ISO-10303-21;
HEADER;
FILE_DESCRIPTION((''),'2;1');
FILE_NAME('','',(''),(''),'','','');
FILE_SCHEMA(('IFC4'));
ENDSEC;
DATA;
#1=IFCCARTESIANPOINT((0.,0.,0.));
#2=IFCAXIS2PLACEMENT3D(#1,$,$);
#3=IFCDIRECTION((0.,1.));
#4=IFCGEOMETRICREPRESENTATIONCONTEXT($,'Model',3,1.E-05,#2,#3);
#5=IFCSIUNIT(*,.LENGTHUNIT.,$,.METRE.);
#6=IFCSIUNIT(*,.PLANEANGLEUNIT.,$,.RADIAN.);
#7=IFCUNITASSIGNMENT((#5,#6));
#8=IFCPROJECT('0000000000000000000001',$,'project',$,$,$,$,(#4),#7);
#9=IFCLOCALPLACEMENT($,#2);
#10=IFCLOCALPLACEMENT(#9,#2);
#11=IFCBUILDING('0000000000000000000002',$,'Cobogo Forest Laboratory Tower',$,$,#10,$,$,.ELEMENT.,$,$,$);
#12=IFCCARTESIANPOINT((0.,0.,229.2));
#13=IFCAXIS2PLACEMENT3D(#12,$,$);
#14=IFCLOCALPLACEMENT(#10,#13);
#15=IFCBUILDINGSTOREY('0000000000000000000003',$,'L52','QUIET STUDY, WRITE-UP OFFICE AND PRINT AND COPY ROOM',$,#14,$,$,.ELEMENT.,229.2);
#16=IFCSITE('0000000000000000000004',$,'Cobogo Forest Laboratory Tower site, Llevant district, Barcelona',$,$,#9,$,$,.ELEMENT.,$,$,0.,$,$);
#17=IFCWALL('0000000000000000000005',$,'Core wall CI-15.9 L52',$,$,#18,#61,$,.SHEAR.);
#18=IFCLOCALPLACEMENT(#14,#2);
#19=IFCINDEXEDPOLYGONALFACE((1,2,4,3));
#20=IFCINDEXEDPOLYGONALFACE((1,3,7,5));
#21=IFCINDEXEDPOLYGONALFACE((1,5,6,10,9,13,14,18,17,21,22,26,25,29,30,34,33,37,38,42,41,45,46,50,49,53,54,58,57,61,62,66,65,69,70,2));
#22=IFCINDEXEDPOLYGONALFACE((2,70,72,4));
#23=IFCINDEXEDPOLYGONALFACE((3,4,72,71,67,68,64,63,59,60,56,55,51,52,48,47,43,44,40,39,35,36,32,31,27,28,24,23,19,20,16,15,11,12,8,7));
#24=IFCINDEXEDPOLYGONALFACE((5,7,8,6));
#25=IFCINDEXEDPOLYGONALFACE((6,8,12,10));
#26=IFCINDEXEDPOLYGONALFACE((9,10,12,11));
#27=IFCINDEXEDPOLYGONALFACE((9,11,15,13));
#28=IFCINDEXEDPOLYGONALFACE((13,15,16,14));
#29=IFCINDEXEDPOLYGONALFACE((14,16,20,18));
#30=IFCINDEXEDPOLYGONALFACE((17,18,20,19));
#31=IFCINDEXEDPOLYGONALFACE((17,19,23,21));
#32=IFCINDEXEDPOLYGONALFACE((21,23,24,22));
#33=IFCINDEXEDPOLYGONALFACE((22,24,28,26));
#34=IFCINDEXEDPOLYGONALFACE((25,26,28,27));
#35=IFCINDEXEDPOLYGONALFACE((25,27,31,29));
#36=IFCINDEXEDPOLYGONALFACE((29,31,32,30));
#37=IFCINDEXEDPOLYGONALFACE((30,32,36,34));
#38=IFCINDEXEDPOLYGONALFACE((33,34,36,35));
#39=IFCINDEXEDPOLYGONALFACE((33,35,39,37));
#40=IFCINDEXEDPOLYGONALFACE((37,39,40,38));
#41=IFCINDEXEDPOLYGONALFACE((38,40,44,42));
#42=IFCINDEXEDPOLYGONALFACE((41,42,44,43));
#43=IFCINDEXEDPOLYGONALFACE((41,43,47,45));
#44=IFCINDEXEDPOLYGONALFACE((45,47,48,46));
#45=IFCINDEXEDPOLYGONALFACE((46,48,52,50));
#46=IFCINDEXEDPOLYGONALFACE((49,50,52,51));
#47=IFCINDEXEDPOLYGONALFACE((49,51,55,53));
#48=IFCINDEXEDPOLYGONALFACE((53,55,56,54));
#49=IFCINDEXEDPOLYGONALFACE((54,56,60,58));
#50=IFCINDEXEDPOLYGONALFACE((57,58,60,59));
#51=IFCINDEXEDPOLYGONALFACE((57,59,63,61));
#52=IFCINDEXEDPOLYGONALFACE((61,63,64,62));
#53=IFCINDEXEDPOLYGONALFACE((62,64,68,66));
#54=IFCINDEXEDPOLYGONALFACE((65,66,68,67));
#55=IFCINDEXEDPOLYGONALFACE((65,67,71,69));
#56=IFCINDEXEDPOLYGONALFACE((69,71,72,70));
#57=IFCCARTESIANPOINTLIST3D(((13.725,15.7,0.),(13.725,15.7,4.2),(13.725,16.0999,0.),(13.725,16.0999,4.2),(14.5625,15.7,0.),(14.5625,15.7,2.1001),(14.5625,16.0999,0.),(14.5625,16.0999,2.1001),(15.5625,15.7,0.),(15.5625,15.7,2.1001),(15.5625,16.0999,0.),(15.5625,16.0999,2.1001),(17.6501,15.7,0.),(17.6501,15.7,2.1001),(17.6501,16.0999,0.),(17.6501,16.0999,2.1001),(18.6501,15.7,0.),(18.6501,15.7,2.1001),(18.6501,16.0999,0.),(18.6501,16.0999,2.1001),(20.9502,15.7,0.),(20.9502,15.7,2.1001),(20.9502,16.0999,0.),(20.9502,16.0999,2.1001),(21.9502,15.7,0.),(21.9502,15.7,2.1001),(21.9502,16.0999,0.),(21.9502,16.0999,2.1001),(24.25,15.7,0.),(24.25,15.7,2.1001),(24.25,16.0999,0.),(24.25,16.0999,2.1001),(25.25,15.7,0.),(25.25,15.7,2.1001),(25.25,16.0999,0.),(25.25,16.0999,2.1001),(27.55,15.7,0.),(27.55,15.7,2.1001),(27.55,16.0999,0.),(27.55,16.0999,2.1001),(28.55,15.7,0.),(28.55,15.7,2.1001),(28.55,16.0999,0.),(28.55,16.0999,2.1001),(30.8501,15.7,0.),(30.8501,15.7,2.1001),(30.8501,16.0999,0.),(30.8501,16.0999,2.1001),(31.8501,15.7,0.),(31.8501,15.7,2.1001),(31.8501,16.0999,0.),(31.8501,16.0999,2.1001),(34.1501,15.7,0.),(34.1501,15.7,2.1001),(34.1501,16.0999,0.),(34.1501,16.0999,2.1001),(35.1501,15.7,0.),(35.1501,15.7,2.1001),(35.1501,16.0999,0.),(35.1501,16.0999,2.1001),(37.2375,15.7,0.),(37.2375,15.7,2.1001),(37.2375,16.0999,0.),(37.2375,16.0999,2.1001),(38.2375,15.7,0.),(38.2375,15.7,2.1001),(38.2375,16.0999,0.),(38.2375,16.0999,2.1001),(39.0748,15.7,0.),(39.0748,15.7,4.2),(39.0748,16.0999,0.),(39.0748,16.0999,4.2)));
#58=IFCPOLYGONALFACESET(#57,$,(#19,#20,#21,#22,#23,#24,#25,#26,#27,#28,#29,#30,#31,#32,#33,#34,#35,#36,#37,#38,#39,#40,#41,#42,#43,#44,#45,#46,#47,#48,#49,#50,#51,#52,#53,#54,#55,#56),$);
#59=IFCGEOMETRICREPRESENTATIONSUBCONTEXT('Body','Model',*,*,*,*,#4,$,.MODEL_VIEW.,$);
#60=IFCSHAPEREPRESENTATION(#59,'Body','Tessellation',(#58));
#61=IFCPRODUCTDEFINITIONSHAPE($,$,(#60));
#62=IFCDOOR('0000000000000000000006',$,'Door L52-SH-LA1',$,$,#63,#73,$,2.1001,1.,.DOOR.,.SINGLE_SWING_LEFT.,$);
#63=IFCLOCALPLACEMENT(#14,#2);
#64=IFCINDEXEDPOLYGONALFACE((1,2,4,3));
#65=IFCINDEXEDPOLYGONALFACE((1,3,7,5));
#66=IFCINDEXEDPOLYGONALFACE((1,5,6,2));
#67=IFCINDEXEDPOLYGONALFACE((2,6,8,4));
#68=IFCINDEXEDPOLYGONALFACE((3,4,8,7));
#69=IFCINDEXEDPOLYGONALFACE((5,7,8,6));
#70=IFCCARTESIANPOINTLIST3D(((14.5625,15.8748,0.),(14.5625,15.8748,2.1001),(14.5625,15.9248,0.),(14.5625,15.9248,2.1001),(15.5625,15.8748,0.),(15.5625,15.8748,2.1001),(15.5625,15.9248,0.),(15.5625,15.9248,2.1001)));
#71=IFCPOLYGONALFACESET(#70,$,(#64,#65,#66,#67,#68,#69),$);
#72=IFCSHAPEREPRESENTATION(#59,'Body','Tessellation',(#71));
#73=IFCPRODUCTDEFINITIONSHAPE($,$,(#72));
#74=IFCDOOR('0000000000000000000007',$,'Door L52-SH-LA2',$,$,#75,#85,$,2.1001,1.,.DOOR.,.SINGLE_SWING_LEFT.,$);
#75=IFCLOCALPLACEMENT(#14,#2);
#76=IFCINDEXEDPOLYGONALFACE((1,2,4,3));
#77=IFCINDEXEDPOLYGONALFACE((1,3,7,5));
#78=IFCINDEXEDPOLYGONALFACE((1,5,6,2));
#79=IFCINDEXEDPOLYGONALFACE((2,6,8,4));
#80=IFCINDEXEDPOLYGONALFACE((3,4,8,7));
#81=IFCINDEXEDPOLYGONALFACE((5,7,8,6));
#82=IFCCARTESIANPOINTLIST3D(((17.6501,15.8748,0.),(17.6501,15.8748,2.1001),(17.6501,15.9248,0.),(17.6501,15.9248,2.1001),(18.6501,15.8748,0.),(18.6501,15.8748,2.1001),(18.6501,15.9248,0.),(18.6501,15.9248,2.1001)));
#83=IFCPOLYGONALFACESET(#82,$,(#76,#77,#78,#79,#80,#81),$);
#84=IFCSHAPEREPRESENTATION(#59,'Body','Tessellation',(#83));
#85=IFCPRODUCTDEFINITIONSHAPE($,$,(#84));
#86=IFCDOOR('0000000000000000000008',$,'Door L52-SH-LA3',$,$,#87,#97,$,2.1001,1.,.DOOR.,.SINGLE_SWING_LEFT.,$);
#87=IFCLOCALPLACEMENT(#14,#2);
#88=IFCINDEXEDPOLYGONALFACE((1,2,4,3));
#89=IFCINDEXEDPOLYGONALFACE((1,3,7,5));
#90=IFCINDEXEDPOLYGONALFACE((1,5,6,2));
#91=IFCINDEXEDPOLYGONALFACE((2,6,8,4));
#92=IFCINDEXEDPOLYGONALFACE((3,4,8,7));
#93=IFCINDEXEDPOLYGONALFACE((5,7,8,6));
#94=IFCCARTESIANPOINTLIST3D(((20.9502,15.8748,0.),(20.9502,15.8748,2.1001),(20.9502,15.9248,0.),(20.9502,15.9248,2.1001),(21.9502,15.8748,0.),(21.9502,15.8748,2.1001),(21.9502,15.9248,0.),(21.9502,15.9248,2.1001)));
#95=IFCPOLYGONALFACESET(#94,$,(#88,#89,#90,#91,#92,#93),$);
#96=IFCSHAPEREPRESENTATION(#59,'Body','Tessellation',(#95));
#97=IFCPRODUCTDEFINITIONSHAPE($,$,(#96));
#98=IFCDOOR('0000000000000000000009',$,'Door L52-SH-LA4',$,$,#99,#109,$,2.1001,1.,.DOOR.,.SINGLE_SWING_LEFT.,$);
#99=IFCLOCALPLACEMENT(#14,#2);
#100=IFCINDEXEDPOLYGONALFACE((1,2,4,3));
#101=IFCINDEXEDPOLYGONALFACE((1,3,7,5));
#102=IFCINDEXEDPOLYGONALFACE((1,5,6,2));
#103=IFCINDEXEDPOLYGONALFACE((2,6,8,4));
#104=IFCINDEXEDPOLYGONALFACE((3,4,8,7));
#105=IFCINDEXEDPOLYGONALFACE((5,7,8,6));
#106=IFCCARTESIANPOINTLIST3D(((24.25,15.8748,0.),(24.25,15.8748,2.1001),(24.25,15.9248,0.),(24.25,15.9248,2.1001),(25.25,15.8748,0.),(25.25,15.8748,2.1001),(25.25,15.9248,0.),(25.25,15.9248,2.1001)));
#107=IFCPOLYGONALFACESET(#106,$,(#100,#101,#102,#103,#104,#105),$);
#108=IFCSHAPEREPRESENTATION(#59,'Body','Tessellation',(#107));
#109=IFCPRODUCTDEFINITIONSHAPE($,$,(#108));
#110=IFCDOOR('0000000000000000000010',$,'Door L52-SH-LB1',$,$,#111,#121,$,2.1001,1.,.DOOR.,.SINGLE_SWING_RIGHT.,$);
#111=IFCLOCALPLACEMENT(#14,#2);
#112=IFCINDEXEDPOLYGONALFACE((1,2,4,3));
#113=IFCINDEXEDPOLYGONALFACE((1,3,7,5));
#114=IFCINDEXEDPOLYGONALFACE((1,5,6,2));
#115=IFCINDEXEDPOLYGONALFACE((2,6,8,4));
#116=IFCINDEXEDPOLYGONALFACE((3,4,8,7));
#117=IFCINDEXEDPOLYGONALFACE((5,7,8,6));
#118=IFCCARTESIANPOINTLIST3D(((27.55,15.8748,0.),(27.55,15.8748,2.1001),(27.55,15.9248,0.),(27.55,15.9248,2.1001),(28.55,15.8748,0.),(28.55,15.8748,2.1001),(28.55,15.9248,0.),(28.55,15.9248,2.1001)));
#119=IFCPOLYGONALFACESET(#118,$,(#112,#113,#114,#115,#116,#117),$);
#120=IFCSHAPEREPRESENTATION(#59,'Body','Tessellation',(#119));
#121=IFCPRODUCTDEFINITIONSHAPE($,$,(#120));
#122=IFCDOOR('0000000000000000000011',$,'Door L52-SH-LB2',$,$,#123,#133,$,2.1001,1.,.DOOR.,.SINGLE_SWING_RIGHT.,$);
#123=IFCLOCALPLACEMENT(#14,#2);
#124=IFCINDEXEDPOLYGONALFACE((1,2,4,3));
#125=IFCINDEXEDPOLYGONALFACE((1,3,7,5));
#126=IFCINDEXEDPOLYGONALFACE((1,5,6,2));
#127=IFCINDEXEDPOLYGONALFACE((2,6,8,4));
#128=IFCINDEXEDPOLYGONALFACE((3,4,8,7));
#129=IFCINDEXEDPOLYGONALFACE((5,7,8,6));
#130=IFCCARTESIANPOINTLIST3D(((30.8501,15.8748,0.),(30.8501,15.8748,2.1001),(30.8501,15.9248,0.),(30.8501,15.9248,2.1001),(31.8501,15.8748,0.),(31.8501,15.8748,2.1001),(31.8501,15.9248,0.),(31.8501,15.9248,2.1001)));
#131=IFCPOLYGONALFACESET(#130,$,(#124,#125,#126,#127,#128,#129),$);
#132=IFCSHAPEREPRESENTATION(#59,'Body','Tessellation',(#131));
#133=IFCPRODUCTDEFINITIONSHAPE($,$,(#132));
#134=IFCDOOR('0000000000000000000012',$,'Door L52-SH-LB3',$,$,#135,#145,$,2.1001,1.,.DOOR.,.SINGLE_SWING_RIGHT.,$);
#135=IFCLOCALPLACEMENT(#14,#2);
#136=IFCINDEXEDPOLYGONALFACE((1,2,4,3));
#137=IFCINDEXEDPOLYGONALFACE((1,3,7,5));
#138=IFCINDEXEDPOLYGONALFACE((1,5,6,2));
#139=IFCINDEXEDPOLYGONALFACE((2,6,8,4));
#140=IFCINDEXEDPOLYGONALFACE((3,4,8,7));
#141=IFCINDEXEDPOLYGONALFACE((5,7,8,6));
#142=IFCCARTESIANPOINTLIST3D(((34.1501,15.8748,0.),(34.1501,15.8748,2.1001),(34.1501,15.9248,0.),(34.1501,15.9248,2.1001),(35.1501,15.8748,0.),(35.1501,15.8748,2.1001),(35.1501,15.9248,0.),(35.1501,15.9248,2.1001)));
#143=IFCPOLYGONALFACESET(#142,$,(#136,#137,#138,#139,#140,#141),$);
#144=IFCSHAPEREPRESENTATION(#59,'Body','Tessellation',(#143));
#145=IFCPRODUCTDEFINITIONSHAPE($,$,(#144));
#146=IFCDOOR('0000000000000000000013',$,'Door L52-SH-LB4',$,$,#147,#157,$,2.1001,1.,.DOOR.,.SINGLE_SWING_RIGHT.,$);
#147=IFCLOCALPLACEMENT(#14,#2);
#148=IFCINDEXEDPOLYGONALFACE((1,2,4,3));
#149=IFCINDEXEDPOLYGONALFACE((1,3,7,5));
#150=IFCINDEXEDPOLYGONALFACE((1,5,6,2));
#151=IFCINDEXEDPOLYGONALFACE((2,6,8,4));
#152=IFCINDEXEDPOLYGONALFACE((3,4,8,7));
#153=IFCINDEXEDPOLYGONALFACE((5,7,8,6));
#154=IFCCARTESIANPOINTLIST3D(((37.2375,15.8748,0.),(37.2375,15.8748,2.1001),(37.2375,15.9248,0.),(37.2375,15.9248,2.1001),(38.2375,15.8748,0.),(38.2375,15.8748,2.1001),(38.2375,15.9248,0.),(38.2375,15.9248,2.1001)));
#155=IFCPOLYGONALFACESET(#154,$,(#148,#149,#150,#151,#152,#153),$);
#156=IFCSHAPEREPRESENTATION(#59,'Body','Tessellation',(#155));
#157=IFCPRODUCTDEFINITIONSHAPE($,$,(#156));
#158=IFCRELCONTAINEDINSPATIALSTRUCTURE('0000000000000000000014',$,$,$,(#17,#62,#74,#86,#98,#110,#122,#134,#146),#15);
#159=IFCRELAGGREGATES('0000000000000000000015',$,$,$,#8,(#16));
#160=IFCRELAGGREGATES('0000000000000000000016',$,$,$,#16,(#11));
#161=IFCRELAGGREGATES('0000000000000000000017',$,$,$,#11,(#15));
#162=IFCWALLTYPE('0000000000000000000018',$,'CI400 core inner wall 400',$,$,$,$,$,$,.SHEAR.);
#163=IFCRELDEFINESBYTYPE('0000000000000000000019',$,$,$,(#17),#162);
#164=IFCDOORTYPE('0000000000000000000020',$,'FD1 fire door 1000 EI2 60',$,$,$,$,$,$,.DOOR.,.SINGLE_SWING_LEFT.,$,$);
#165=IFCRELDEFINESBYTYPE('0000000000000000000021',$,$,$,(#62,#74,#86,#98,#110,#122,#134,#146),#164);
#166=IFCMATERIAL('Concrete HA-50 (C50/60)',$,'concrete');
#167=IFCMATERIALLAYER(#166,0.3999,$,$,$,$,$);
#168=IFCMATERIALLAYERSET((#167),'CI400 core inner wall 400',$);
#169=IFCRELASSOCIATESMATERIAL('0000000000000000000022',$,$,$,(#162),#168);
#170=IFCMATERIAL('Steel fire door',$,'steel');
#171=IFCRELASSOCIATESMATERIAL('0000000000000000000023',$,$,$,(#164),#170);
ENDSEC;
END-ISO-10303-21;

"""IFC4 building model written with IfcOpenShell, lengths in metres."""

from ifc_helpers import new_model, si_unit, direction, frame, frame_2d, origin, place, context, subcontext, project, spatial, rectangle, extrude, material, layer, layer_set, type_object, element, fill, save


model = new_model("IFC4")

# Units and contexts
model_context = context("Model", 3, precision=1e-05, world=origin(), true_north=direction((0.0, 1.0)))
body_context = subcontext(model_context, "Body", "Model", "MODEL_VIEW")
ifc_project = project(units=[si_unit("LENGTHUNIT", "METRE"), si_unit("PLANEANGLEUNIT", "RADIAN")], contexts=[model_context])

# Site, building, storey
site_placement = place(None, origin())
site = spatial("IfcSite", under=ifc_project, at=site_placement, Name="Cobogo Forest Laboratory Tower site, Llevant district, Barcelona", CompositionType="ELEMENT", RefElevation=0.0)
building_placement = place(site_placement, origin())
building = spatial("IfcBuilding", under=site, at=building_placement, Name="Cobogo Forest Laboratory Tower", CompositionType="ELEMENT")
storey_placement = place(building_placement, frame((0.0, 0.0, 229.2)))
storey = spatial("IfcBuildingStorey", under=building, at=storey_placement, Name="L52", Description="QUIET STUDY, WRITE-UP OFFICE AND PRINT AND COPY ROOM", CompositionType="ELEMENT", Elevation=229.2)

# Shared definitions
ifc_material_1 = material(Name="Concrete HA-50 (C50/60)", Category="concrete")

# Wall, openings, doors
ifc_layer_1 = layer(ifc_material_1, 0.3999)
ifc_layer_set_1 = layer_set([ifc_layer_1], Name="CI400 core inner wall 400")
wall_type_1 = type_object("IfcWallType", Name="CI400 core inner wall 400", PredefinedType="SHEAR", material=ifc_layer_set_1)
wall_1_placement = place(storey_placement, frame((13.7251, 15.8999, 0.0), z_axis=(0.0, 0.0, 1.0), x_axis=(1.0, 0.0, 0.0)))
wall_1 = element("IfcWall", 1, at=wall_1_placement, inside=storey, type_object=wall_type_1, Name="Core wall CI-15.9 L52", PredefinedType="SHEAR", context=body_context, shape_type="SweptSolid", body=[
    extrude(rectangle(XDim=25.3499, YDim=0.3999, at=frame_2d((12.6748, 0.0))), origin(), (0.0, 0.0, 1.0), 4.2),
])
opening_1_placement = place(wall_1_placement, frame((0.8374, 0.0, 0.0)))
opening_1 = element("IfcOpeningElement", 2, at=opening_1_placement, cuts=wall_1, PredefinedType="OPENING", context=body_context, shape_type="SweptSolid", body=[
    extrude(rectangle(XDim=1.0, YDim=2.1001, at=frame_2d((0.5, 1.05))), frame((0.0, 0.21, 0.0), z_axis=(0.0, -1.0, 0.0), x_axis=(1.0, 0.0, 0.0)), (0.0, 0.0, 1.0), 0.4199),
])
opening_2_placement = place(wall_1_placement, frame((3.925, 0.0, 0.0)))
opening_2 = element("IfcOpeningElement", 3, at=opening_2_placement, cuts=wall_1, PredefinedType="OPENING", context=body_context, shape_type="SweptSolid", body=[
    extrude(rectangle(XDim=1.0, YDim=2.1001, at=frame_2d((0.5, 1.05))), frame((0.0, 0.21, 0.0), z_axis=(0.0, -1.0, 0.0), x_axis=(1.0, 0.0, 0.0)), (0.0, 0.0, 1.0), 0.4199),
])
opening_3_placement = place(wall_1_placement, frame((7.2251, 0.0, 0.0)))
opening_3 = element("IfcOpeningElement", 4, at=opening_3_placement, cuts=wall_1, PredefinedType="OPENING", context=body_context, shape_type="SweptSolid", body=[
    extrude(rectangle(XDim=1.0, YDim=2.1001, at=frame_2d((0.5, 1.05))), frame((0.0, 0.21, 0.0), z_axis=(0.0, -1.0, 0.0), x_axis=(1.0, 0.0, 0.0)), (0.0, 0.0, 1.0), 0.4199),
])
opening_4_placement = place(wall_1_placement, frame((10.5249, 0.0, 0.0)))
opening_4 = element("IfcOpeningElement", 5, at=opening_4_placement, cuts=wall_1, PredefinedType="OPENING", context=body_context, shape_type="SweptSolid", body=[
    extrude(rectangle(XDim=1.0, YDim=2.1001, at=frame_2d((0.5, 1.05))), frame((0.0, 0.21, 0.0), z_axis=(0.0, -1.0, 0.0), x_axis=(1.0, 0.0, 0.0)), (0.0, 0.0, 1.0), 0.4199),
])
opening_5_placement = place(wall_1_placement, frame((13.825, 0.0, 0.0)))
opening_5 = element("IfcOpeningElement", 6, at=opening_5_placement, cuts=wall_1, PredefinedType="OPENING", context=body_context, shape_type="SweptSolid", body=[
    extrude(rectangle(XDim=1.0, YDim=2.1001, at=frame_2d((0.5, 1.05))), frame((0.0, 0.21, 0.0), z_axis=(0.0, -1.0, 0.0), x_axis=(1.0, 0.0, 0.0)), (0.0, 0.0, 1.0), 0.4199),
])
opening_6_placement = place(wall_1_placement, frame((17.125, 0.0, 0.0)))
opening_6 = element("IfcOpeningElement", 7, at=opening_6_placement, cuts=wall_1, PredefinedType="OPENING", context=body_context, shape_type="SweptSolid", body=[
    extrude(rectangle(XDim=1.0, YDim=2.1001, at=frame_2d((0.5, 1.05))), frame((0.0, 0.21, 0.0), z_axis=(0.0, -1.0, 0.0), x_axis=(1.0, 0.0, 0.0)), (0.0, 0.0, 1.0), 0.4199),
])
opening_7_placement = place(wall_1_placement, frame((20.425, 0.0, 0.0)))
opening_7 = element("IfcOpeningElement", 8, at=opening_7_placement, cuts=wall_1, PredefinedType="OPENING", context=body_context, shape_type="SweptSolid", body=[
    extrude(rectangle(XDim=1.0, YDim=2.1001, at=frame_2d((0.5, 1.05))), frame((0.0, 0.21, 0.0), z_axis=(0.0, -1.0, 0.0), x_axis=(1.0, 0.0, 0.0)), (0.0, 0.0, 1.0), 0.4199),
])
opening_8_placement = place(wall_1_placement, frame((23.5125, 0.0, 0.0)))
opening_8 = element("IfcOpeningElement", 9, at=opening_8_placement, cuts=wall_1, PredefinedType="OPENING", context=body_context, shape_type="SweptSolid", body=[
    extrude(rectangle(XDim=1.0, YDim=2.1001, at=frame_2d((0.5, 1.05))), frame((0.0, 0.21, 0.0), z_axis=(0.0, -1.0, 0.0), x_axis=(1.0, 0.0, 0.0)), (0.0, 0.0, 1.0), 0.4199),
])
ifc_material_2 = material(Name="Steel fire door", Category="steel")
door_type_1 = type_object("IfcDoorType", Name="FD1 fire door 1000 EI2 60", OperationType="SINGLE_SWING_LEFT", PredefinedType="DOOR", material=ifc_material_2)
door_1_placement = place(opening_1_placement, origin())
door_1 = element("IfcDoor", 10, at=door_1_placement, inside=storey, type_object=door_type_1, Name="Door L52-SH-LA1", OperationType="SINGLE_SWING_LEFT", OverallHeight=2.1001, OverallWidth=1.0, PredefinedType="DOOR", context=body_context, shape_type="SweptSolid", body=[
    extrude(rectangle(XDim=1.0, YDim=2.1001, at=frame_2d((0.5, 1.05))), frame((0.0, 0.0249, 0.0), z_axis=(0.0, -1.0, 0.0), x_axis=(1.0, 0.0, 0.0)), (0.0, 0.0, 1.0), 0.05),
])
fill(opening_1, door_1)
door_2_placement = place(opening_2_placement, origin())
door_2 = element("IfcDoor", 11, at=door_2_placement, inside=storey, type_object=door_type_1, Name="Door L52-SH-LA2", OperationType="SINGLE_SWING_LEFT", OverallHeight=2.1001, OverallWidth=1.0, PredefinedType="DOOR", context=body_context, shape_type="SweptSolid", body=[
    extrude(rectangle(XDim=1.0, YDim=2.1001, at=frame_2d((0.5, 1.05))), frame((0.0, 0.0249, 0.0), z_axis=(0.0, -1.0, 0.0), x_axis=(1.0, 0.0, 0.0)), (0.0, 0.0, 1.0), 0.05),
])
fill(opening_2, door_2)
door_3_placement = place(opening_3_placement, origin())
door_3 = element("IfcDoor", 12, at=door_3_placement, inside=storey, type_object=door_type_1, Name="Door L52-SH-LA3", OperationType="SINGLE_SWING_LEFT", OverallHeight=2.1001, OverallWidth=1.0, PredefinedType="DOOR", context=body_context, shape_type="SweptSolid", body=[
    extrude(rectangle(XDim=1.0, YDim=2.1001, at=frame_2d((0.5, 1.05))), frame((0.0, 0.0249, 0.0), z_axis=(0.0, -1.0, 0.0), x_axis=(1.0, 0.0, 0.0)), (0.0, 0.0, 1.0), 0.05),
])
fill(opening_3, door_3)
door_4_placement = place(opening_4_placement, origin())
door_4 = element("IfcDoor", 13, at=door_4_placement, inside=storey, type_object=door_type_1, Name="Door L52-SH-LA4", OperationType="SINGLE_SWING_LEFT", OverallHeight=2.1001, OverallWidth=1.0, PredefinedType="DOOR", context=body_context, shape_type="SweptSolid", body=[
    extrude(rectangle(XDim=1.0, YDim=2.1001, at=frame_2d((0.5, 1.05))), frame((0.0, 0.0249, 0.0), z_axis=(0.0, -1.0, 0.0), x_axis=(1.0, 0.0, 0.0)), (0.0, 0.0, 1.0), 0.05),
])
fill(opening_4, door_4)
door_5_placement = place(opening_5_placement, origin())
door_5 = element("IfcDoor", 14, at=door_5_placement, inside=storey, type_object=door_type_1, Name="Door L52-SH-LB1", OperationType="SINGLE_SWING_RIGHT", OverallHeight=2.1001, OverallWidth=1.0, PredefinedType="DOOR", context=body_context, shape_type="SweptSolid", body=[
    extrude(rectangle(XDim=1.0, YDim=2.1001, at=frame_2d((0.5, 1.05))), frame((0.0, 0.0249, 0.0), z_axis=(0.0, -1.0, 0.0), x_axis=(1.0, 0.0, 0.0)), (0.0, 0.0, 1.0), 0.05),
])
fill(opening_5, door_5)
door_6_placement = place(opening_6_placement, origin())
door_6 = element("IfcDoor", 15, at=door_6_placement, inside=storey, type_object=door_type_1, Name="Door L52-SH-LB2", OperationType="SINGLE_SWING_RIGHT", OverallHeight=2.1001, OverallWidth=1.0, PredefinedType="DOOR", context=body_context, shape_type="SweptSolid", body=[
    extrude(rectangle(XDim=1.0, YDim=2.1001, at=frame_2d((0.5, 1.05))), frame((0.0, 0.0249, 0.0), z_axis=(0.0, -1.0, 0.0), x_axis=(1.0, 0.0, 0.0)), (0.0, 0.0, 1.0), 0.05),
])
fill(opening_6, door_6)
door_7_placement = place(opening_7_placement, origin())
door_7 = element("IfcDoor", 16, at=door_7_placement, inside=storey, type_object=door_type_1, Name="Door L52-SH-LB3", OperationType="SINGLE_SWING_RIGHT", OverallHeight=2.1001, OverallWidth=1.0, PredefinedType="DOOR", context=body_context, shape_type="SweptSolid", body=[
    extrude(rectangle(XDim=1.0, YDim=2.1001, at=frame_2d((0.5, 1.05))), frame((0.0, 0.0249, 0.0), z_axis=(0.0, -1.0, 0.0), x_axis=(1.0, 0.0, 0.0)), (0.0, 0.0, 1.0), 0.05),
])
fill(opening_7, door_7)
door_8_placement = place(opening_8_placement, origin())
door_8 = element("IfcDoor", 17, at=door_8_placement, inside=storey, type_object=door_type_1, Name="Door L52-SH-LB4", OperationType="SINGLE_SWING_RIGHT", OverallHeight=2.1001, OverallWidth=1.0, PredefinedType="DOOR", context=body_context, shape_type="SweptSolid", body=[
    extrude(rectangle(XDim=1.0, YDim=2.1001, at=frame_2d((0.5, 1.05))), frame((0.0, 0.0249, 0.0), z_axis=(0.0, -1.0, 0.0), x_axis=(1.0, 0.0, 0.0)), (0.0, 0.0, 1.0), 0.05),
])
fill(opening_8, door_8)

save(model, "model.ifc")
